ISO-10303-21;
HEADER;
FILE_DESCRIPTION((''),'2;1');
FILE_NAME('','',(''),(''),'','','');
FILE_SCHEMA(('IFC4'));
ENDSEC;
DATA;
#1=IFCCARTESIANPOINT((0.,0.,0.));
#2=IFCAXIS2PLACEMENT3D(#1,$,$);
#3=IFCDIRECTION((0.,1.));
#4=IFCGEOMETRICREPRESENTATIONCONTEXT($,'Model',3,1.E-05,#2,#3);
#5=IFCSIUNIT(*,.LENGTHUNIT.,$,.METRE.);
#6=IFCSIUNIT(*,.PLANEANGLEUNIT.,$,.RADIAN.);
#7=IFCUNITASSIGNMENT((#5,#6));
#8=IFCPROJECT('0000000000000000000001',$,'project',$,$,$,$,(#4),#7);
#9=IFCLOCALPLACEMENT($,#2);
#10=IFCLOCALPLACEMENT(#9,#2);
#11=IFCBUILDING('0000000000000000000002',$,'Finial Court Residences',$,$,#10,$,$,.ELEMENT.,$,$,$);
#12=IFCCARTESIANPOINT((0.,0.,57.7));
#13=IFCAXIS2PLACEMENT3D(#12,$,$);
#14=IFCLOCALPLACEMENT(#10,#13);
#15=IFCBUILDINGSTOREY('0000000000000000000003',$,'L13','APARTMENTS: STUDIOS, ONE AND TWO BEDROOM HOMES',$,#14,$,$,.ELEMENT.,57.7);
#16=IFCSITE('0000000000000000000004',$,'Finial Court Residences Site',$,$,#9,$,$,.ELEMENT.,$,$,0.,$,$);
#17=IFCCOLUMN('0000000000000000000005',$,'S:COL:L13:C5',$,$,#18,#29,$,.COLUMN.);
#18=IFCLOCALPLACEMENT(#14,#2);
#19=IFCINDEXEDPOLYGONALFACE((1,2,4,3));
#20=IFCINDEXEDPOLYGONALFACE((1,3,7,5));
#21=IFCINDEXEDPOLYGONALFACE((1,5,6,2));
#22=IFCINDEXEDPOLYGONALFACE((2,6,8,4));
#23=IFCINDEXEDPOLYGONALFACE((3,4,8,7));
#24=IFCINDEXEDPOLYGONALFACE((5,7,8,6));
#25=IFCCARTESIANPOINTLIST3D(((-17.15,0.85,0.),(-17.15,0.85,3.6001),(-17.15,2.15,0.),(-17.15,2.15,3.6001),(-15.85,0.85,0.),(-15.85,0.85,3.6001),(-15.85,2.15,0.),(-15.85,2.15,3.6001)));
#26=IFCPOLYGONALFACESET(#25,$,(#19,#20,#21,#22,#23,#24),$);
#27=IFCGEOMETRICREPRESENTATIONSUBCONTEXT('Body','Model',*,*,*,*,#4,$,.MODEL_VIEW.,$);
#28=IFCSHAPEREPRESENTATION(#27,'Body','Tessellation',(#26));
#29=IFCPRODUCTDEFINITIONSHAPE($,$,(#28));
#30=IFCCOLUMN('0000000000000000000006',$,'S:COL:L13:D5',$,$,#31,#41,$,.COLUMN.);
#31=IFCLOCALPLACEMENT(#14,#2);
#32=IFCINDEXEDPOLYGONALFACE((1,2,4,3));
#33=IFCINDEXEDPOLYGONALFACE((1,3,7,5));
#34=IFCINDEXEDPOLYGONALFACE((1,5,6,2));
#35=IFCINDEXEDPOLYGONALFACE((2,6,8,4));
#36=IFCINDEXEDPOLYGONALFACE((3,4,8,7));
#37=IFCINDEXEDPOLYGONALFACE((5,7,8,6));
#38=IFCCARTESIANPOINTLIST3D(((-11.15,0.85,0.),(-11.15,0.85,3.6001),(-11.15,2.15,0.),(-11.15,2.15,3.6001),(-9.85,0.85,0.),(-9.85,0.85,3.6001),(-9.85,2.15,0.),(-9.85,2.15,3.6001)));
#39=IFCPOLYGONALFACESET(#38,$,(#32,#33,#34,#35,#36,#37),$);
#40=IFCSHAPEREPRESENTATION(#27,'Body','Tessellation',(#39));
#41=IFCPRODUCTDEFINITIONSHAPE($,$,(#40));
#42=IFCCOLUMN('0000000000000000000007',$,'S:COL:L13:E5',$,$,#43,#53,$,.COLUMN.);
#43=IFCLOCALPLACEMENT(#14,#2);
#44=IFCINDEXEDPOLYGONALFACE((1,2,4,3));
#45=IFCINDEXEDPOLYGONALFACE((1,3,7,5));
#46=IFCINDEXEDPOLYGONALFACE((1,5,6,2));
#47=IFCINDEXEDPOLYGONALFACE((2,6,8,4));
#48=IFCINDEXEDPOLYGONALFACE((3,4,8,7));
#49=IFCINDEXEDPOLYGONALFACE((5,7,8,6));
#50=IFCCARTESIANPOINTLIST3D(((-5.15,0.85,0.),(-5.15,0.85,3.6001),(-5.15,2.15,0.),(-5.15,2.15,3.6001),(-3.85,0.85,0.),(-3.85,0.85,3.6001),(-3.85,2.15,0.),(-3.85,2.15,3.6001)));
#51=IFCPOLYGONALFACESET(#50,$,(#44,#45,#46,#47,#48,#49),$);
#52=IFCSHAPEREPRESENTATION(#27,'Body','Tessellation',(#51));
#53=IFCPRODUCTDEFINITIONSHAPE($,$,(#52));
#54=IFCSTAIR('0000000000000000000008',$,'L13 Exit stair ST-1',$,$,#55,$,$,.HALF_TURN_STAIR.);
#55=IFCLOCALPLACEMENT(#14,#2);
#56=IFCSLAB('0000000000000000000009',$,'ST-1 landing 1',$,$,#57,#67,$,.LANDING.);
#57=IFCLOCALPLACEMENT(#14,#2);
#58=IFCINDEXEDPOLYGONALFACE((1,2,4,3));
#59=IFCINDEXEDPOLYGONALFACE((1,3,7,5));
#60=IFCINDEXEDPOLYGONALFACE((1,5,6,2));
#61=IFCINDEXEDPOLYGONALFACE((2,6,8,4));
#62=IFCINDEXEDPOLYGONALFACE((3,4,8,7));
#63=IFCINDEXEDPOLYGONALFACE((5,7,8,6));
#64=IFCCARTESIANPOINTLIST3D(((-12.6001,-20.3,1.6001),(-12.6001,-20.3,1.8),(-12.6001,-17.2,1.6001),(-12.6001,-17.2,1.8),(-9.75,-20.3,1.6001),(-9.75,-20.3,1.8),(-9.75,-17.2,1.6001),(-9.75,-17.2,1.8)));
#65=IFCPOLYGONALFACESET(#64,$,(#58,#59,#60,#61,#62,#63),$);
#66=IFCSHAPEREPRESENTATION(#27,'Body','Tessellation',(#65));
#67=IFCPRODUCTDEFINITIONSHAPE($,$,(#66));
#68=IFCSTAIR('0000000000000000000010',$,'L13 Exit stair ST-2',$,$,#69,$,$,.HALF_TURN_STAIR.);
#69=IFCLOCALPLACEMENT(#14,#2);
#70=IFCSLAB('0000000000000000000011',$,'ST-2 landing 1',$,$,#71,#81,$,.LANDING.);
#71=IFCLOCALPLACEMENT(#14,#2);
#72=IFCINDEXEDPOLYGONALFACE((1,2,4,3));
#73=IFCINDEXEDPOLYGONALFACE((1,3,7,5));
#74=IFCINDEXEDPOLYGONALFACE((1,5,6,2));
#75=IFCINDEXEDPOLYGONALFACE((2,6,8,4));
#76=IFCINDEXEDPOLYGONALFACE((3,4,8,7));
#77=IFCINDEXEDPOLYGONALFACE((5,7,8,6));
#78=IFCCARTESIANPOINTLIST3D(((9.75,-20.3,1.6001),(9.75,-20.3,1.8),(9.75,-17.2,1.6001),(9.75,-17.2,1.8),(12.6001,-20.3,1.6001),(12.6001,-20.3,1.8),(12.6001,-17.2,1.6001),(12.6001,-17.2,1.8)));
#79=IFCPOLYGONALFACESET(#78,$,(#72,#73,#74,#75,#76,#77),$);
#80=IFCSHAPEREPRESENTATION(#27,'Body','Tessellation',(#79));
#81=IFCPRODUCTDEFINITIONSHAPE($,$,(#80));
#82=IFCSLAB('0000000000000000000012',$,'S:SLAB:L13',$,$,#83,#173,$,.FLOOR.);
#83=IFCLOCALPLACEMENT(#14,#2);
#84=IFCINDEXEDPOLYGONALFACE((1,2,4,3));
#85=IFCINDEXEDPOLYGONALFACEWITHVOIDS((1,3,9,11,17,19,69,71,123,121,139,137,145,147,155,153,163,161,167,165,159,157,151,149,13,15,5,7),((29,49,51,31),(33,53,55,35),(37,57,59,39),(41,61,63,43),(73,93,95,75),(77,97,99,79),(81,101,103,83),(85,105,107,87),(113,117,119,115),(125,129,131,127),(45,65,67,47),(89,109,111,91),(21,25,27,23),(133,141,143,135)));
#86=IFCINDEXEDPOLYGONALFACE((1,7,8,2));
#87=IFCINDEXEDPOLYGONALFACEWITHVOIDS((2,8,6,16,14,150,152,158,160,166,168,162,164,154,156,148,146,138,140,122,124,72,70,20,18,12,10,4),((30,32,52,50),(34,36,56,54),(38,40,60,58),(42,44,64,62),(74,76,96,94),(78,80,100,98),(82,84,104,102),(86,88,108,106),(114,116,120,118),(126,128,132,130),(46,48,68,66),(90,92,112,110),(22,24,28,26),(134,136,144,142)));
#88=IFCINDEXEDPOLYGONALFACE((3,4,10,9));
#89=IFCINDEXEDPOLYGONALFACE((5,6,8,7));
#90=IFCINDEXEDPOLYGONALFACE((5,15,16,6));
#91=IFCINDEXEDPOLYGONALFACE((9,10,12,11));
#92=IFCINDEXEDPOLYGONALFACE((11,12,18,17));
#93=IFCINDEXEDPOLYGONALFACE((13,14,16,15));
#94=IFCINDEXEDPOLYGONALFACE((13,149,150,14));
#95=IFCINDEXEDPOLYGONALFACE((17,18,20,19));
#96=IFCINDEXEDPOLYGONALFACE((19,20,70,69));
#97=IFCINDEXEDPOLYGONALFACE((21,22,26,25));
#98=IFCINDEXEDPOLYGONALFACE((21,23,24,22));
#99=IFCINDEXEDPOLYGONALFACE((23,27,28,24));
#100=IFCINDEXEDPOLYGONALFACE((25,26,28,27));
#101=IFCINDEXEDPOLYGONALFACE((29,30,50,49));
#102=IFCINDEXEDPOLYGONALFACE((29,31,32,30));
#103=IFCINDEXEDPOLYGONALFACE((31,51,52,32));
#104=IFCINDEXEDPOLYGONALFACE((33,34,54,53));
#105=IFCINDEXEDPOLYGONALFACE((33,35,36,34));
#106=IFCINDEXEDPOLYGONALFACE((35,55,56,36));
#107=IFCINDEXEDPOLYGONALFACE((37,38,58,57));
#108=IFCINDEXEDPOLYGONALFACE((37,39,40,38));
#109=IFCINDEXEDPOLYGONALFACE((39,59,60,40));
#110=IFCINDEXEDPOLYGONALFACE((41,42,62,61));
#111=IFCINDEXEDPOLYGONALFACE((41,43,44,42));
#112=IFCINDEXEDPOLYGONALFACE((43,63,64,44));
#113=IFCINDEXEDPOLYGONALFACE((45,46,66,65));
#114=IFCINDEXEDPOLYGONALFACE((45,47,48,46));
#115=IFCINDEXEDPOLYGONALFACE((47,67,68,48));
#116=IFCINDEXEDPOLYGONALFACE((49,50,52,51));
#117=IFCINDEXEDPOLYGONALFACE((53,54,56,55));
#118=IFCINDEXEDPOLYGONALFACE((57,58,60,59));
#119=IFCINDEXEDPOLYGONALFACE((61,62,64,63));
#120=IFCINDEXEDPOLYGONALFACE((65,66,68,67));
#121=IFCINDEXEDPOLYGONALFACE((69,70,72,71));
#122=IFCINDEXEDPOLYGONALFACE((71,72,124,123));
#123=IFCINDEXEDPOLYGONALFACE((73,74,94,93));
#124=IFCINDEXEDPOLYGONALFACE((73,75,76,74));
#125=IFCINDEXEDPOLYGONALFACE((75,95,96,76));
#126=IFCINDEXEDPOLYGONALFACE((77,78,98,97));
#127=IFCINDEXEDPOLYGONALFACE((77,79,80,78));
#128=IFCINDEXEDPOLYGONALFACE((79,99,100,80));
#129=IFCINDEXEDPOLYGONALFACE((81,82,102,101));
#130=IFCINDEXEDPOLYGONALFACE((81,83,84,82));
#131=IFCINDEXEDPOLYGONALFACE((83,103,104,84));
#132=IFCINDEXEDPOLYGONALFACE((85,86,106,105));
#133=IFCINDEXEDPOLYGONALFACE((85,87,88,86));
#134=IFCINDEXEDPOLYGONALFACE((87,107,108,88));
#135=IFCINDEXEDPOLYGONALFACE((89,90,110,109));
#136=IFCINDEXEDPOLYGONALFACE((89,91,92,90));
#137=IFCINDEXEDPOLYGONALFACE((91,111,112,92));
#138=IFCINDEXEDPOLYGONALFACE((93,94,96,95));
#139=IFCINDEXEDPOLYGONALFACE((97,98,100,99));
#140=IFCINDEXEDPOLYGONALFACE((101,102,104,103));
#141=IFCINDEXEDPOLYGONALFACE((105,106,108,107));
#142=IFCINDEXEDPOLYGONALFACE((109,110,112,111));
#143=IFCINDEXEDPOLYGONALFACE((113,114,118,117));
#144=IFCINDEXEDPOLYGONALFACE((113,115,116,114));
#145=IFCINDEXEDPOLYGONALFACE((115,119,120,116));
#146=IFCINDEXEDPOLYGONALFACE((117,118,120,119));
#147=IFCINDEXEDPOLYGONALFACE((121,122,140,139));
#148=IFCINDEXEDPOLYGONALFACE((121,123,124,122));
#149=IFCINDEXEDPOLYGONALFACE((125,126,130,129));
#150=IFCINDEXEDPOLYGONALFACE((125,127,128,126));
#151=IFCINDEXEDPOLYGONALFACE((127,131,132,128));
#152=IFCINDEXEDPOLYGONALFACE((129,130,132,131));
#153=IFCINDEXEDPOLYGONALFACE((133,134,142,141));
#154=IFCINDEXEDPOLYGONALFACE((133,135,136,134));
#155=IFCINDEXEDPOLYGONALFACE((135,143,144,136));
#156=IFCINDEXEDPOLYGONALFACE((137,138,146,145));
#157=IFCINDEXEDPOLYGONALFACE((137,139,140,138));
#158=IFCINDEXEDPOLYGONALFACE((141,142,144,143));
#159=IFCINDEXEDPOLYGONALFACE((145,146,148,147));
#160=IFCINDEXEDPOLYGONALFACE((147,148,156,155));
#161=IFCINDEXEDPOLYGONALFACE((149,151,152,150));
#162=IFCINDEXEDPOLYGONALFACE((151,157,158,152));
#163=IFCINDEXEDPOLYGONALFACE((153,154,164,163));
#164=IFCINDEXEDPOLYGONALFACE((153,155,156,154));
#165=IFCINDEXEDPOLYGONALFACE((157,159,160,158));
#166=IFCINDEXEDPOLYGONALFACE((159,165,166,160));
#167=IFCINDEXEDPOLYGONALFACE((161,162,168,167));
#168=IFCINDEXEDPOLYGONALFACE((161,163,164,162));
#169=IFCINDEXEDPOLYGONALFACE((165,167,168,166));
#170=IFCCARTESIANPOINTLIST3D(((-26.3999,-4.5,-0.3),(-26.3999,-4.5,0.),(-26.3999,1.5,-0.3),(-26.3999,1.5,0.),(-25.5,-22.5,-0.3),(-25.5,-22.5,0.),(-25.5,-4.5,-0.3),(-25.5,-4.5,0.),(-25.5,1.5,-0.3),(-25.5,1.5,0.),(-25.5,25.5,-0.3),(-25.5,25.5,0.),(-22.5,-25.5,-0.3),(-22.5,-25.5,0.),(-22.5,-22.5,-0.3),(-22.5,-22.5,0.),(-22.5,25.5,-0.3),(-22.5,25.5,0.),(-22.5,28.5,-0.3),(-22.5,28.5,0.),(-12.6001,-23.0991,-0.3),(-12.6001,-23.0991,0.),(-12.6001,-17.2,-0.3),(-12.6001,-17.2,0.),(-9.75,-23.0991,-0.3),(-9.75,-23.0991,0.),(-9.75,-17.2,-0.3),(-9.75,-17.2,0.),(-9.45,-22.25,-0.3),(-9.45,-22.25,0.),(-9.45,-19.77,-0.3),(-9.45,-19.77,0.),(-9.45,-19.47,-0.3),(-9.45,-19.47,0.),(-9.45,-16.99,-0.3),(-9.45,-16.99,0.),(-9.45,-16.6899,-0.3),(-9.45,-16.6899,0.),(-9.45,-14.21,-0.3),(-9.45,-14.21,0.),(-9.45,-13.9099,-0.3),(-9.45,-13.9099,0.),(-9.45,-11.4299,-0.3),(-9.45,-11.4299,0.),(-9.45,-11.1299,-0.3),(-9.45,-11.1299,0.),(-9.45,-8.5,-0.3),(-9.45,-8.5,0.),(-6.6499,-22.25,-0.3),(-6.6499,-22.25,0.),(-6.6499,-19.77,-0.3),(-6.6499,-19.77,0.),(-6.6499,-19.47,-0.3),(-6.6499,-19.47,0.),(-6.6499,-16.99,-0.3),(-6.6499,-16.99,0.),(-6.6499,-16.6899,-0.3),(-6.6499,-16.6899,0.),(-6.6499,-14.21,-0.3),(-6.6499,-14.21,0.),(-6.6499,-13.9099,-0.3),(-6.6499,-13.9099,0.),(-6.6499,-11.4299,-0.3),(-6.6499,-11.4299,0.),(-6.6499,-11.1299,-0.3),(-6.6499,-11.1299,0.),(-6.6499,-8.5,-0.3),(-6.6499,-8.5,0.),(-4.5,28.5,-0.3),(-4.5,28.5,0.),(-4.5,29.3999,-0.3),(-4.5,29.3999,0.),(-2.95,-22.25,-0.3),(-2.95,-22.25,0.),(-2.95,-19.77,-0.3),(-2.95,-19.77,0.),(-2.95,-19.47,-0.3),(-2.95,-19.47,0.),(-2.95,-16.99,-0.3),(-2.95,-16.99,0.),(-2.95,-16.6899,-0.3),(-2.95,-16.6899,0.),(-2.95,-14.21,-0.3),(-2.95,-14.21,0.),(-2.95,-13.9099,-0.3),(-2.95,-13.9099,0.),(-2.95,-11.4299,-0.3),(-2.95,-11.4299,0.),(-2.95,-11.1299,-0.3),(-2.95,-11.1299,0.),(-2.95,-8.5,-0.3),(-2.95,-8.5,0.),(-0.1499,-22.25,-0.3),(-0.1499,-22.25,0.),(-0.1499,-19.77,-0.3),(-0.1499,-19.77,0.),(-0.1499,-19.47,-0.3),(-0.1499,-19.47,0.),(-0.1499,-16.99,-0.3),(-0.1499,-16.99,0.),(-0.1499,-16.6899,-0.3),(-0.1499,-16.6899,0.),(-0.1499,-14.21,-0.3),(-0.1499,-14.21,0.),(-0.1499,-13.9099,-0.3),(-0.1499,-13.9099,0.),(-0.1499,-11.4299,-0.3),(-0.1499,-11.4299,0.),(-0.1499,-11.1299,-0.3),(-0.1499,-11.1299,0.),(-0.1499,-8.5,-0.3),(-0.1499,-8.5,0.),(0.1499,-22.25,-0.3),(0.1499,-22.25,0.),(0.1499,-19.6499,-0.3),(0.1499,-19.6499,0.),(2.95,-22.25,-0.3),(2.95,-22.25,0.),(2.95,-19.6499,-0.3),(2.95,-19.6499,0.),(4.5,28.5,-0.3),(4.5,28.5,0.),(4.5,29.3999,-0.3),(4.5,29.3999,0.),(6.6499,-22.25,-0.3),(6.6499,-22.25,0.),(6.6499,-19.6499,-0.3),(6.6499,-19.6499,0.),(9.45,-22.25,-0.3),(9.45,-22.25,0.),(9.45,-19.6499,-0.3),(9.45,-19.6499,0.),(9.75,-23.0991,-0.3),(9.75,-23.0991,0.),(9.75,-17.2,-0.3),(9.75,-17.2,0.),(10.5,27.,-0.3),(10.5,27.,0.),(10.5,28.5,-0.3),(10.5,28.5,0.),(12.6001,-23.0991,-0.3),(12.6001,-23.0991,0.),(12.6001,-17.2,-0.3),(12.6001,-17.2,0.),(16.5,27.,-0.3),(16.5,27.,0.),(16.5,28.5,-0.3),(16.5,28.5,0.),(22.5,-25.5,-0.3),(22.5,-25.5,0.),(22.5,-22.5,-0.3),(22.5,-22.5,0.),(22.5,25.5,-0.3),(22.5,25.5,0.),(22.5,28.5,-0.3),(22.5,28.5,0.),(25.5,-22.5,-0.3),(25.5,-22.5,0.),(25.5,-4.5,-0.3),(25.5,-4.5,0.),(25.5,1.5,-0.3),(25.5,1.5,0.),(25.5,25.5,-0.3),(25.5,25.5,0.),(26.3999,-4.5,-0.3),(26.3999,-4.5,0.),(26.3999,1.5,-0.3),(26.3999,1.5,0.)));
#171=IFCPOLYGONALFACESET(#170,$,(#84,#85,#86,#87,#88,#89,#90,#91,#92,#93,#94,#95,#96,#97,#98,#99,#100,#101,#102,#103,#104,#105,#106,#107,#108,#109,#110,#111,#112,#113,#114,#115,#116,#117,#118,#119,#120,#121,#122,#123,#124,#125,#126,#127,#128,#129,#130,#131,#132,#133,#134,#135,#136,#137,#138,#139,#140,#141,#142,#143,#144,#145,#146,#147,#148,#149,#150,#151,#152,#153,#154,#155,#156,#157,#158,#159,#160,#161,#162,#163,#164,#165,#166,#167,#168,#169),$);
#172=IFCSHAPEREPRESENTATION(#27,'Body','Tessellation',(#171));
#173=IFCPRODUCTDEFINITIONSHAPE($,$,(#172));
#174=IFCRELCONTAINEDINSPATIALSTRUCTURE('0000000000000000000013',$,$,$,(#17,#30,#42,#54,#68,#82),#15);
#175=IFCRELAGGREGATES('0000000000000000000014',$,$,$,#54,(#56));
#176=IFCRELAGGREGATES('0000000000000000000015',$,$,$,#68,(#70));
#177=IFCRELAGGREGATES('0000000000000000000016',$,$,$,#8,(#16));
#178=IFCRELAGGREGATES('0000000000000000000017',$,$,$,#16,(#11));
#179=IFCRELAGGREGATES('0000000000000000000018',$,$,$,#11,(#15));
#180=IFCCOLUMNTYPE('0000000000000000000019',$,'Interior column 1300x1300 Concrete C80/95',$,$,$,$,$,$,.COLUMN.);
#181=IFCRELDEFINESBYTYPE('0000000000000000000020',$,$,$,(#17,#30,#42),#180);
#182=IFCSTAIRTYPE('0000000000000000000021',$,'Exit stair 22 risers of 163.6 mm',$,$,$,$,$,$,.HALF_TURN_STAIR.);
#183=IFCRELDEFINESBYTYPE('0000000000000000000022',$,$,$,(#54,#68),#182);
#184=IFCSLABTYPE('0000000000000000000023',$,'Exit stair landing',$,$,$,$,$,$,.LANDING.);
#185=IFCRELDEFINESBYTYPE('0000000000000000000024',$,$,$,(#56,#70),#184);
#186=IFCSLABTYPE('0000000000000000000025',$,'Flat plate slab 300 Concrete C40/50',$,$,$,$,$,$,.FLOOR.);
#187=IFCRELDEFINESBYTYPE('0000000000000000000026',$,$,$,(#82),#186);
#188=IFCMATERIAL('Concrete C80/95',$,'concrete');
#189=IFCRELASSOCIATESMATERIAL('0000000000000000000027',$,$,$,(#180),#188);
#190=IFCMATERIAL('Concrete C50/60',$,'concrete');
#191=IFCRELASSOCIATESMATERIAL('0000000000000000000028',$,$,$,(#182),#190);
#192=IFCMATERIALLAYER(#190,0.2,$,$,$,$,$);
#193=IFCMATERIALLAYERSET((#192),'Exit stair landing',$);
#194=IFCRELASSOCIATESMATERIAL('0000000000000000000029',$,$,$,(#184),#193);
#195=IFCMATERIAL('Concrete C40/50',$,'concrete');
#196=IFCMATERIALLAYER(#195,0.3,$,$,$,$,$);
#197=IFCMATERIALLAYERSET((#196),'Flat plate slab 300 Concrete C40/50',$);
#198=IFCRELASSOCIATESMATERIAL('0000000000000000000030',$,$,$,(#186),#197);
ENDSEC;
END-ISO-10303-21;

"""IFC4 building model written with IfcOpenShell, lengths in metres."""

from ifc_helpers import new_model, si_unit, direction, frame, origin, origin_2d, place, context, subcontext, project, spatial, polyline, rectangle, outline, extrude, material, layer, layer_set, material_profile, profile_set, type_object, element, aggregate, save


model = new_model("IFC4")

# Units and contexts
model_context = context("Model", 3, precision=1e-05, world=origin(), true_north=direction((0.0, 1.0)))
body_context = subcontext(model_context, "Body", "Model", "MODEL_VIEW")
ifc_project = project(units=[si_unit("LENGTHUNIT", "METRE"), si_unit("PLANEANGLEUNIT", "RADIAN")], contexts=[model_context])

# Site, building, storey
site_placement = place(None, origin())
site = spatial("IfcSite", under=ifc_project, at=site_placement, Name="Finial Court Residences Site", CompositionType="ELEMENT", RefElevation=0.0)
building_placement = place(site_placement, origin())
building = spatial("IfcBuilding", under=site, at=building_placement, Name="Finial Court Residences", CompositionType="ELEMENT")
storey_placement = place(building_placement, frame((0.0, 0.0, 57.7)))
storey = spatial("IfcBuildingStorey", under=building, at=storey_placement, Name="L13", Description="APARTMENTS: STUDIOS, ONE AND TWO BEDROOM HOMES", CompositionType="ELEMENT", Elevation=57.7)

# Columns
ifc_material_1 = material(Name="Concrete C80/95", Category="concrete")
ifc_material_profile = material_profile(ifc_material_1, rectangle(XDim=1.3, YDim=1.3, at=origin_2d()), Name="1300x1300")
ifc_profile_set = profile_set([ifc_material_profile], Name="Concrete C80/95")
column_type = type_object("IfcColumnType", Name="Interior column 1300x1300 Concrete C80/95", PredefinedType="COLUMN", material=ifc_profile_set)
for number, where, z_axis, x_axis, name in (
    (1, (-16.5, 1.5, 0.0), (0.0, 0.0, 1.0), (1.0, 0.0, 0.0), "S:COL:L13:C5"),
    (2, (-10.5, 1.5, 0.0), (0.0, 0.0, 1.0), (1.0, 0.0, 0.0), "S:COL:L13:D5"),
    (3, (-4.5, 1.5, 0.0), (0.0, 0.0, 1.0), (1.0, 0.0, 0.0), "S:COL:L13:E5"),
):
    element("IfcColumn", number, at=place(storey_placement, frame(where, z_axis=z_axis, x_axis=x_axis)), inside=storey, type_object=column_type, Name=name, PredefinedType="COLUMN", context=body_context, shape_type="SweptSolid", body=[
        extrude(rectangle(XDim=1.3, YDim=1.3, at=origin_2d()), origin(), (0.0, 0.0, 1.0), 3.6001),
    ])

# Stairs, slabs
ifc_material_2 = material(Name="Concrete C50/60", Category="concrete")
stair_type = type_object("IfcStairType", Name="Exit stair 22 risers of 163.6 mm", PredefinedType="HALF_TURN_STAIR", material=ifc_material_2)
stair_1_placement = place(storey_placement, origin())
stair_1 = element("IfcStair", 4, at=stair_1_placement, inside=storey, type_object=stair_type, Name="L13 Exit stair ST-1", PredefinedType="HALF_TURN_STAIR")
ifc_layer_1 = layer(ifc_material_2, 0.2)
ifc_layer_set_1 = layer_set([ifc_layer_1], Name="Exit stair landing")
slab_type_1 = type_object("IfcSlabType", Name="Exit stair landing", PredefinedType="LANDING", material=ifc_layer_set_1)
slab_1_placement = place(storey_placement, frame((0.0, 0.0, 1.6001)))
slab_1 = element("IfcSlab", 5, at=slab_1_placement, type_object=slab_type_1, Name="ST-1 landing 1", PredefinedType="LANDING", context=body_context, shape_type="SweptSolid", body=[
    extrude(outline(polyline([(-9.75, -20.3), (-9.75, -17.2), (-12.6001, -17.2), (-12.6001, -20.3), (-9.75, -20.3)])), origin(), (0.0, 0.0, 1.0), 0.2),
])
aggregate(stair_1, [slab_1])
stair_2_placement = place(storey_placement, origin())
stair_2 = element("IfcStair", 6, at=stair_2_placement, inside=storey, type_object=stair_type, Name="L13 Exit stair ST-2", PredefinedType="HALF_TURN_STAIR")
slab_2_placement = place(storey_placement, frame((0.0, 0.0, 1.6001)))
slab_2 = element("IfcSlab", 7, at=slab_2_placement, type_object=slab_type_1, Name="ST-2 landing 1", PredefinedType="LANDING", context=body_context, shape_type="SweptSolid", body=[
    extrude(outline(polyline([(12.6001, -20.3), (12.6001, -17.2), (9.75, -17.2), (9.75, -20.3), (12.6001, -20.3)])), origin(), (0.0, 0.0, 1.0), 0.2),
])
aggregate(stair_2, [slab_2])

# Slab
ifc_material_3 = material(Name="Concrete C40/50", Category="concrete")
ifc_layer_2 = layer(ifc_material_3, 0.3)
ifc_layer_set_2 = layer_set([ifc_layer_2], Name="Flat plate slab 300 Concrete C40/50")
slab_type_2 = type_object("IfcSlabType", Name="Flat plate slab 300 Concrete C40/50", PredefinedType="FLOOR", material=ifc_layer_set_2)
slab_3_placement = place(storey_placement, frame((0.0, 0.0, -0.3)))
element("IfcSlab", 8, at=slab_3_placement, inside=storey, type_object=slab_type_2, Name="S:SLAB:L13", PredefinedType="FLOOR", context=body_context, shape_type="SweptSolid", body=[
    extrude(outline(polyline([(-25.5, 25.5), (-22.5, 25.5), (-22.5, 28.5), (-4.5, 28.5), (-4.5, 29.3999), (4.5, 29.3999), (4.5, 28.5), (10.5, 28.5), (10.5, 27.0), (16.5, 27.0), (16.5, 28.5), (22.5, 28.5), (22.5, 25.5), (25.5, 25.5), (25.5, 1.5), (26.3999, 1.5), (26.3999, -4.5), (25.5, -4.5), (25.5, -22.5), (22.5, -22.5), (22.5, -25.5), (-22.5, -25.5), (-22.5, -22.5), (-25.5, -22.5), (-25.5, -4.5), (-26.3999, -4.5), (-26.3999, 1.5), (-25.5, 1.5), (-25.5, 25.5)]), holes=[polyline([(-6.6499, -19.77), (-9.45, -19.77), (-9.45, -22.25), (-6.6499, -22.25), (-6.6499, -19.77)]), polyline([(-9.75, -17.2), (-12.6001, -17.2), (-12.6001, -23.0991), (-9.75, -23.0991), (-9.75, -17.2)]), polyline([(-6.6499, -19.47), (-6.6499, -16.99), (-9.45, -16.99), (-9.45, -19.47), (-6.6499, -19.47)]), polyline([(-6.6499, -16.6899), (-6.6499, -14.21), (-9.45, -14.21), (-9.45, -16.6899), (-6.6499, -16.6899)]), polyline([(-6.6499, -13.9099), (-6.6499, -11.4299), (-9.45, -11.4299), (-9.45, -13.9099), (-6.6499, -13.9099)]), polyline([(-6.6499, -11.1299), (-6.6499, -8.5), (-9.45, -8.5), (-9.45, -11.1299), (-6.6499, -11.1299)]), polyline([(-0.1499, -11.1299), (-0.1499, -8.5), (-2.95, -8.5), (-2.95, -11.1299), (-0.1499, -11.1299)]), polyline([(-0.1499, -19.77), (-2.95, -19.77), (-2.95, -22.25), (-0.1499, -22.25), (-0.1499, -19.77)]), polyline([(2.95, -22.25), (2.95, -19.6499), (0.1499, -19.6499), (0.1499, -22.25), (2.95, -22.25)]), polyline([(9.45, -22.25), (9.45, -19.6499), (6.6499, -19.6499), (6.6499, -22.25), (9.45, -22.25)]), polyline([(12.6001, -17.2), (9.75, -17.2), (9.75, -23.0991), (12.6001, -23.0991), (12.6001, -17.2)]), polyline([(-0.1499, -19.47), (-0.1499, -16.99), (-2.95, -16.99), (-2.95, -19.47), (-0.1499, -19.47)]), polyline([(-0.1499, -16.6899), (-0.1499, -14.21), (-2.95, -14.21), (-2.95, -16.6899), (-0.1499, -16.6899)]), polyline([(-0.1499, -13.9099), (-0.1499, -11.4299), (-2.95, -11.4299), (-2.95, -13.9099), (-0.1499, -13.9099)])]), origin(), (0.0, 0.0, 1.0), 0.3),
])

save(model, "model.ifc")
